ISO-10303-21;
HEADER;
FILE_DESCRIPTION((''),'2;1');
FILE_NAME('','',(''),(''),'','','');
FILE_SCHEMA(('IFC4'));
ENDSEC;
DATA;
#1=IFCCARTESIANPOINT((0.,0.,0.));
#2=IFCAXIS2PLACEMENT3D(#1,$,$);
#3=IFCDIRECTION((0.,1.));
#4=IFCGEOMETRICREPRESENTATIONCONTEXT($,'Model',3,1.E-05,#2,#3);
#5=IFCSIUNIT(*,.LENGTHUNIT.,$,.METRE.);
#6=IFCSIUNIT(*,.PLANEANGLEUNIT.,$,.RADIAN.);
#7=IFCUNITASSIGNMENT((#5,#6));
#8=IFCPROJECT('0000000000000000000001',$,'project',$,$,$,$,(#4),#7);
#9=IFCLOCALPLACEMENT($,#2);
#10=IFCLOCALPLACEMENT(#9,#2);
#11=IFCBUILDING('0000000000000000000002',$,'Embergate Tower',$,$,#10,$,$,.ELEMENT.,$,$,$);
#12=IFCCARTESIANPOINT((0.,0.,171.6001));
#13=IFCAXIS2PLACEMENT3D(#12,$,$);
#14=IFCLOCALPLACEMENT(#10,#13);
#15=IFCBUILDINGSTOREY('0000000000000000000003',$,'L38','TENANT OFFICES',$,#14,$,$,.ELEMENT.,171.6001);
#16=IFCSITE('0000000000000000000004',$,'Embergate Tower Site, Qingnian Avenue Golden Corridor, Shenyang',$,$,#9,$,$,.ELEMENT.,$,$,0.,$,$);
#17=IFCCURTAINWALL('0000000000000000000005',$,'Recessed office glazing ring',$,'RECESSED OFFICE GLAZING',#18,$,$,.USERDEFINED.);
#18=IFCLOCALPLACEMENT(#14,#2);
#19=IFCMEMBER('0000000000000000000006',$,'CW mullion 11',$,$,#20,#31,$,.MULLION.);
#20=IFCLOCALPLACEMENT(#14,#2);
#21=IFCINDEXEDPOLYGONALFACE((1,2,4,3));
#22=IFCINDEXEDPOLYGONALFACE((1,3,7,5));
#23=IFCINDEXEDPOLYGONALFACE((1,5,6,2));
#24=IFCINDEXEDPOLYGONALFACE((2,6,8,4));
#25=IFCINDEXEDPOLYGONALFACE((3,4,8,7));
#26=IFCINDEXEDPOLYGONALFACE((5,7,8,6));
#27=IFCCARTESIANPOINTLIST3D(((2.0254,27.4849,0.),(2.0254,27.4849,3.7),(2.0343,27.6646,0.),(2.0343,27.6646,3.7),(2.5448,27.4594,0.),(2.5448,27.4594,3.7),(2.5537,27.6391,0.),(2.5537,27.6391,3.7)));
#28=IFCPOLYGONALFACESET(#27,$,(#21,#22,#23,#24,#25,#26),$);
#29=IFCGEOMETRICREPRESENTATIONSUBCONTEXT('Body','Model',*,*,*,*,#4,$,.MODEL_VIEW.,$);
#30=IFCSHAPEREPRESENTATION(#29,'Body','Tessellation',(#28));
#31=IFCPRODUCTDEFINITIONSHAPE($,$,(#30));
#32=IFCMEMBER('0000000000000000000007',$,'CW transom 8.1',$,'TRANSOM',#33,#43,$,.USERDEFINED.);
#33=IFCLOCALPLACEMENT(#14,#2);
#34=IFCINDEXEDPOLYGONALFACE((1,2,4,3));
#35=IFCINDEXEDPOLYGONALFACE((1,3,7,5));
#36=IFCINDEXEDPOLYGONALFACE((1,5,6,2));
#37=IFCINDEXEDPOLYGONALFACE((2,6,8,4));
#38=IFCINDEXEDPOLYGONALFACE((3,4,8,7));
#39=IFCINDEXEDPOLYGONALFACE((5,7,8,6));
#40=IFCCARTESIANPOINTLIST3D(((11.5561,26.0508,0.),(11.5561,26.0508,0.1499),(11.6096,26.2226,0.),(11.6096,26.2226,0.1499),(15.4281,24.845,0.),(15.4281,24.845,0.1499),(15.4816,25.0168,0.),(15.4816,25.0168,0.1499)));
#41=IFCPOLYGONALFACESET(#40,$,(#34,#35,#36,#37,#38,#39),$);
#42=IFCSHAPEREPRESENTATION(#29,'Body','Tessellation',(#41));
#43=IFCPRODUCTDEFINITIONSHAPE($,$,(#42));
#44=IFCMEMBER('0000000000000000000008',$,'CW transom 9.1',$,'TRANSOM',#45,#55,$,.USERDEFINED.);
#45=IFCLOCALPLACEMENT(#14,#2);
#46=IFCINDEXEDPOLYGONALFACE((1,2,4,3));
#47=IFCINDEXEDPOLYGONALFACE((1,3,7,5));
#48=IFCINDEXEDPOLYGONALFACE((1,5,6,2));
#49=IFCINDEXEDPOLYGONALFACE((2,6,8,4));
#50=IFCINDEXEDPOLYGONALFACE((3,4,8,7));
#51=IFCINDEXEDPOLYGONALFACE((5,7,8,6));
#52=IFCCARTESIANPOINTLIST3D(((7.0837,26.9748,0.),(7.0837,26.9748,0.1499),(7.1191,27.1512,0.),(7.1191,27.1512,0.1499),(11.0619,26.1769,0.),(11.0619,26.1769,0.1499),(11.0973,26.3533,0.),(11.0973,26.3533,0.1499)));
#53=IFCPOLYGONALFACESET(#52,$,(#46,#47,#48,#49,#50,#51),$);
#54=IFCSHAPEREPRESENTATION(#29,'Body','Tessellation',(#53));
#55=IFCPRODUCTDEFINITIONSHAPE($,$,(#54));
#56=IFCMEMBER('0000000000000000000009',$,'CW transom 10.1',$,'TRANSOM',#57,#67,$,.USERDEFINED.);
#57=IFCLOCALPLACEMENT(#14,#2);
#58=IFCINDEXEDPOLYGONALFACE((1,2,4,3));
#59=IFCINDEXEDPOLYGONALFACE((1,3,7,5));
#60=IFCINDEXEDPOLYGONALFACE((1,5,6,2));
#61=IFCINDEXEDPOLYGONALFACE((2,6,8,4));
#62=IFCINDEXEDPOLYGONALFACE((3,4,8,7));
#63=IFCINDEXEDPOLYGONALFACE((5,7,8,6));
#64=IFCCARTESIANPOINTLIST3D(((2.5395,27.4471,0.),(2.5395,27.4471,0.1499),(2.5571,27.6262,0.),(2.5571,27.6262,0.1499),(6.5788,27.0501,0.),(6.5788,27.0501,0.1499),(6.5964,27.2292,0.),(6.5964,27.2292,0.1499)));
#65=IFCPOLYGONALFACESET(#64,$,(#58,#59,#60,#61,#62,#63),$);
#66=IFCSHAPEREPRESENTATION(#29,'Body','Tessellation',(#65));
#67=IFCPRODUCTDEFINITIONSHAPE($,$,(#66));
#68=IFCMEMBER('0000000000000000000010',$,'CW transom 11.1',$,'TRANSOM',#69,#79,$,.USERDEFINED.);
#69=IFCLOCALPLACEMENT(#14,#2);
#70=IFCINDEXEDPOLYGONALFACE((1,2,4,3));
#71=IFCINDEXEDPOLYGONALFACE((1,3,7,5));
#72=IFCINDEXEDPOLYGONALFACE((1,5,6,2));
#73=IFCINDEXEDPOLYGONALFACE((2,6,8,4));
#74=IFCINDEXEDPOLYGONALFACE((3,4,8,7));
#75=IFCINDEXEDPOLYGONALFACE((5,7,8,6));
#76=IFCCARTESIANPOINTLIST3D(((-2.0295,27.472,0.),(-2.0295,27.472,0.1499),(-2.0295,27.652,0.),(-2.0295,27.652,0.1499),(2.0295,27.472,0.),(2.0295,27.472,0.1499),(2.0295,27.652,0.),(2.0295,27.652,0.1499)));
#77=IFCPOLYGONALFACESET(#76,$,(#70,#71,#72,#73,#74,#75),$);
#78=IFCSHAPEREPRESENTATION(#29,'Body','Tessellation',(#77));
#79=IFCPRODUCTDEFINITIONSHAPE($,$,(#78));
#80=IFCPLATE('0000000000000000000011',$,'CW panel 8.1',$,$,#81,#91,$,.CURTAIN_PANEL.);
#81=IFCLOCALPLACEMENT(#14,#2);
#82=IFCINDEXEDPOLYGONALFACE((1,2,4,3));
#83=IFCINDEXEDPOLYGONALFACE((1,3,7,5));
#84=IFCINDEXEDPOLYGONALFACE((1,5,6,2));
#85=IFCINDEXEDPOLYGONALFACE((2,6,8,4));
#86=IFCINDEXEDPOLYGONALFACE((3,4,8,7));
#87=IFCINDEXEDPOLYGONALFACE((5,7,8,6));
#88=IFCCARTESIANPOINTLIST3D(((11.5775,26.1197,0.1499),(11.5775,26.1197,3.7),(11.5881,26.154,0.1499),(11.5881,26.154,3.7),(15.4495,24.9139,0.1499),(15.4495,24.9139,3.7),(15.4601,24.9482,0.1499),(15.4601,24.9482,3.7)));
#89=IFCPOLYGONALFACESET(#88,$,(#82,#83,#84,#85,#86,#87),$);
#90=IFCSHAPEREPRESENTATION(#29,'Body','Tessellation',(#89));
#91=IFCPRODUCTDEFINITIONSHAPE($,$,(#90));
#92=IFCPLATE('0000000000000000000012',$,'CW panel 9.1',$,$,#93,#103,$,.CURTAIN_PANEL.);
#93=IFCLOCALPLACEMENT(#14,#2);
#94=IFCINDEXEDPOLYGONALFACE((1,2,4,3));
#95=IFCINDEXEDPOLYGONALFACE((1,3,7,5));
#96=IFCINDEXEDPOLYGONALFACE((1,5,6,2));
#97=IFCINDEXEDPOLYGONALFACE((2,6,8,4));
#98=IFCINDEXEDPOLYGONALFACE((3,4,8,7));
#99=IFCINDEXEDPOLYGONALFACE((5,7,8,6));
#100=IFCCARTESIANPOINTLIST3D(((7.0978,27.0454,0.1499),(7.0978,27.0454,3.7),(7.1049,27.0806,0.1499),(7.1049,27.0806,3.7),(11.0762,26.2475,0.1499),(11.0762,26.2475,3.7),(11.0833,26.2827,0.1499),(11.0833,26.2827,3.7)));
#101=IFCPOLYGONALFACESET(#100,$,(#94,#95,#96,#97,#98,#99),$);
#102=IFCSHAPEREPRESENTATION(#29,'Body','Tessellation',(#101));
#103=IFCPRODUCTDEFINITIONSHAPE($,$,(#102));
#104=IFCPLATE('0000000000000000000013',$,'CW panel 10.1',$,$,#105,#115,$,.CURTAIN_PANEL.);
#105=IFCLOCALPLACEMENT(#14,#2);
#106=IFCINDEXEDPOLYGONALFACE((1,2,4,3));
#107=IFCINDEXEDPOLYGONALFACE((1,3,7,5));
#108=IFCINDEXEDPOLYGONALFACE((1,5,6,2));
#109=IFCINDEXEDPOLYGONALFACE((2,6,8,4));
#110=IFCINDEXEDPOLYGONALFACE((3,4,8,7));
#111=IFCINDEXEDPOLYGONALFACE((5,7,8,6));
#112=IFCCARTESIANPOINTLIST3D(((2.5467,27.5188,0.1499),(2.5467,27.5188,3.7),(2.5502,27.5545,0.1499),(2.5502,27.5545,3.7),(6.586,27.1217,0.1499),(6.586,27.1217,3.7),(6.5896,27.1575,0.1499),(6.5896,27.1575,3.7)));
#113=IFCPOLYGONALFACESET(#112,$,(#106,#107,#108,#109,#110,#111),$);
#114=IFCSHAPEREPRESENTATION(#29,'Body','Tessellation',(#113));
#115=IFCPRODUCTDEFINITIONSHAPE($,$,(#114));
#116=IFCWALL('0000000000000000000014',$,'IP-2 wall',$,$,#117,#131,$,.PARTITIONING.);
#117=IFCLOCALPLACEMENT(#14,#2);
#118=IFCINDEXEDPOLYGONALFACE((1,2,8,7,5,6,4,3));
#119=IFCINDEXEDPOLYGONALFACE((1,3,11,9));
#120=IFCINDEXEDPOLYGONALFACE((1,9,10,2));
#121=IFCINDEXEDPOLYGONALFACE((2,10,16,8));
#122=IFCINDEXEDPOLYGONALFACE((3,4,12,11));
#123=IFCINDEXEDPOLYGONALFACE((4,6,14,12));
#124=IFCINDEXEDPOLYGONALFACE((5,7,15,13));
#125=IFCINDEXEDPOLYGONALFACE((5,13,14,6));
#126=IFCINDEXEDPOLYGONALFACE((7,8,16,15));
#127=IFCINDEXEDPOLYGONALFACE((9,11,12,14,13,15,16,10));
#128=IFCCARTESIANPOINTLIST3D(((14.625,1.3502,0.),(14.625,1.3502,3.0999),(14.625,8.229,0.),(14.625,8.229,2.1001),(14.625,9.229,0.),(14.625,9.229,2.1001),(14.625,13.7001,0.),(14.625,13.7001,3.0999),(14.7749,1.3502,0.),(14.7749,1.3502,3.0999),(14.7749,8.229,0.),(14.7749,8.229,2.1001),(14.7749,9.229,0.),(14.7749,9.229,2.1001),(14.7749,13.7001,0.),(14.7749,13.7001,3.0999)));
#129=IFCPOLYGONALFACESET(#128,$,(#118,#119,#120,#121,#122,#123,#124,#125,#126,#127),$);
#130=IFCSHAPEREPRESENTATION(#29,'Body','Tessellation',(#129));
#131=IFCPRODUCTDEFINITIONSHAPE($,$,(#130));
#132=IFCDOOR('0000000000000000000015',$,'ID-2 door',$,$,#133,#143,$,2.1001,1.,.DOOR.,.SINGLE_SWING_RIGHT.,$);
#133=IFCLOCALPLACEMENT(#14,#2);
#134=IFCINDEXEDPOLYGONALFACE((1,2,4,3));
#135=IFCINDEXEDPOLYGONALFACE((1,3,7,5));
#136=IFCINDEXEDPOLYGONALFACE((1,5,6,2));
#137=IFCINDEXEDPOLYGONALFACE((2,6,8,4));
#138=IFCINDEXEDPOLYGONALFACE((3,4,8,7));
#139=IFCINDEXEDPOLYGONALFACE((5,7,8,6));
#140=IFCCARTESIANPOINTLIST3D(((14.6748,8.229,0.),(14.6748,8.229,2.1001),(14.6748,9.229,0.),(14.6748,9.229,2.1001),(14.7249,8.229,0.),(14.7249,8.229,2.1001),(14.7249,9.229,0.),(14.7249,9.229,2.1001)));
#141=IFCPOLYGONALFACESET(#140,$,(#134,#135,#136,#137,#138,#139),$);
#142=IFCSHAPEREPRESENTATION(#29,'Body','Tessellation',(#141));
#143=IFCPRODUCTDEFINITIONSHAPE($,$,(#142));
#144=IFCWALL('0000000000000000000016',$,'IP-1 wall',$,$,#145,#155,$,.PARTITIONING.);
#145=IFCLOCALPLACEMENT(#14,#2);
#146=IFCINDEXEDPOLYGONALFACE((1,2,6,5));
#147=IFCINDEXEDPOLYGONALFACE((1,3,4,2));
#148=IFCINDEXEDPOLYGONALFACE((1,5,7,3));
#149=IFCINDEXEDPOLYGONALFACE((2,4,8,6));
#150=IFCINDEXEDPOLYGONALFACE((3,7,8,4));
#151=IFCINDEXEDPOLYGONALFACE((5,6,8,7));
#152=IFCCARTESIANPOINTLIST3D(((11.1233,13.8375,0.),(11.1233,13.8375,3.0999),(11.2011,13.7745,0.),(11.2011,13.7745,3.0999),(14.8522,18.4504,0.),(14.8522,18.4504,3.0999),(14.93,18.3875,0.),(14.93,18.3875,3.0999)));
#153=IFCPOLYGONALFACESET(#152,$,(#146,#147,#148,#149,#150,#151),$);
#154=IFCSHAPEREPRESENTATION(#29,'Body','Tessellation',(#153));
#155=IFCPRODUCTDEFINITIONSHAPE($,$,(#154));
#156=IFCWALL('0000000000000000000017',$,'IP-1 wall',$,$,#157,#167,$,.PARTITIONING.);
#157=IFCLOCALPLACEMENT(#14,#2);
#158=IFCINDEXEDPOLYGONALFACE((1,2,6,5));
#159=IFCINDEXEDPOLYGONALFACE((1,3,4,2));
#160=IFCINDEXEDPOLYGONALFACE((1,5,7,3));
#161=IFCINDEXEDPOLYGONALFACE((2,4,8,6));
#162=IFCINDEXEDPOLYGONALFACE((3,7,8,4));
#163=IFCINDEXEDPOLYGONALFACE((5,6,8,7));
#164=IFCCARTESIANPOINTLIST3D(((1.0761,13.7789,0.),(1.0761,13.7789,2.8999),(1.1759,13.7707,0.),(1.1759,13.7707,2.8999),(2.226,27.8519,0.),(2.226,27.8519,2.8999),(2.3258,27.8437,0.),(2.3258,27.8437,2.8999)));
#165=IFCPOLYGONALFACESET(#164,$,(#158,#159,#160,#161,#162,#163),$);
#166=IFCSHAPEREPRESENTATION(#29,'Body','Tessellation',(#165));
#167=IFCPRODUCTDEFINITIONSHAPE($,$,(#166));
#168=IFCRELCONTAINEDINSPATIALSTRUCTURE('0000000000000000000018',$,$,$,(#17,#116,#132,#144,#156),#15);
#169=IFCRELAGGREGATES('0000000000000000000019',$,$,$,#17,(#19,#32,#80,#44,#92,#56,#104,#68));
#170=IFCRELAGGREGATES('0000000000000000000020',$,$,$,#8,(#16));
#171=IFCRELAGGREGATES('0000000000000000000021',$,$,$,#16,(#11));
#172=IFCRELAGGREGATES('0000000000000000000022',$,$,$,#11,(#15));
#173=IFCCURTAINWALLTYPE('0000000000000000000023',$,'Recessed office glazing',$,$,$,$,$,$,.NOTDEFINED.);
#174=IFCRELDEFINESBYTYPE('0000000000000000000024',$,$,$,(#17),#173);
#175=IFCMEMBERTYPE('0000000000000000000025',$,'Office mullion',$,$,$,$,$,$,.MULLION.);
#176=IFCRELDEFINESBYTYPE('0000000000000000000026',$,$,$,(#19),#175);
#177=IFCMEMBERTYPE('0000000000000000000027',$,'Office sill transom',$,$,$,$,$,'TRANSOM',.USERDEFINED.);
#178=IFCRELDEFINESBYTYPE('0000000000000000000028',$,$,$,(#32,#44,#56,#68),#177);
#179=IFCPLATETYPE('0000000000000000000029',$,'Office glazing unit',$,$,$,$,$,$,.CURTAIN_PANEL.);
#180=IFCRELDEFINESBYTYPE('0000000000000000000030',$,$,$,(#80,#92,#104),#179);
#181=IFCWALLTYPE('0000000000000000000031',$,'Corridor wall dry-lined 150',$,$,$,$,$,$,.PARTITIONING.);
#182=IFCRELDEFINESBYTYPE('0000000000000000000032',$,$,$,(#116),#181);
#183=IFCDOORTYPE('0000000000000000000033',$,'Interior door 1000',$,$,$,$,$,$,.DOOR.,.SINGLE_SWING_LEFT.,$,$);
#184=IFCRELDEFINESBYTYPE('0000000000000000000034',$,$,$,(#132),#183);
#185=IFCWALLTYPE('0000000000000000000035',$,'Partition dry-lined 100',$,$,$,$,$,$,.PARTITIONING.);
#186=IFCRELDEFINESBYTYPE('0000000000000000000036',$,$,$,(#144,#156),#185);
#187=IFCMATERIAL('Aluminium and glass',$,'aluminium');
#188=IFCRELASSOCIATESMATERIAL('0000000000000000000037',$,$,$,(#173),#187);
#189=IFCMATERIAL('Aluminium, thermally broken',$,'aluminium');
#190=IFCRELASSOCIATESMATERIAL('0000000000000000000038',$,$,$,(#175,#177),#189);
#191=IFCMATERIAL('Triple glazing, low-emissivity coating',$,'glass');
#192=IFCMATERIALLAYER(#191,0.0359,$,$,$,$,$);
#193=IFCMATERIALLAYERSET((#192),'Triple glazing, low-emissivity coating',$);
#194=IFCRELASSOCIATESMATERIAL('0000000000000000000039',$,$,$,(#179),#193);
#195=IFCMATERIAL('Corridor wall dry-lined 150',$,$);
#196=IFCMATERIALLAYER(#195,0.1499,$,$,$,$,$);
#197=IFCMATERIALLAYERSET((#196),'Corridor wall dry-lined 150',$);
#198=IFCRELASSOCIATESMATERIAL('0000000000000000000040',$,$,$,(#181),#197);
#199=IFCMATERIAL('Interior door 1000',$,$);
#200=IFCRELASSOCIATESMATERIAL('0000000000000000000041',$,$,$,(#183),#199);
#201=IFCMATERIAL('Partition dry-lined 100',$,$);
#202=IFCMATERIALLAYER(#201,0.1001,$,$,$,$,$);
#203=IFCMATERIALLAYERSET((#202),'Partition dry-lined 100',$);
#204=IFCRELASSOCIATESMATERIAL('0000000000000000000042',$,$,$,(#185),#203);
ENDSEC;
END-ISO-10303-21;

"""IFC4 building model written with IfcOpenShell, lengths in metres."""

from ifc_helpers import new_model, si_unit, direction, frame, frame_2d, origin, origin_2d, place, context, subcontext, project, spatial, rectangle, extrude, source, transform, mapped, material, layer, layer_set, material_profile, profile_set, type_object, element, fill, aggregate, save


model = new_model("IFC4")

# Units and contexts
model_context = context("Model", 3, precision=1e-05, world=origin(), true_north=direction((0.0, 1.0)))
body_context = subcontext(model_context, "Body", "Model", "MODEL_VIEW")
ifc_project = project(units=[si_unit("LENGTHUNIT", "METRE"), si_unit("PLANEANGLEUNIT", "RADIAN")], contexts=[model_context])

# Site, building, storey
site_placement = place(None, origin())
site = spatial("IfcSite", under=ifc_project, at=site_placement, Name="Embergate Tower Site, Qingnian Avenue Golden Corridor, Shenyang", CompositionType="ELEMENT", RefElevation=0.0)
building_placement = place(site_placement, origin())
building = spatial("IfcBuilding", under=site, at=building_placement, Name="Embergate Tower", CompositionType="ELEMENT")
storey_placement = place(building_placement, frame((0.0, 0.0, 171.6001)))
storey = spatial("IfcBuildingStorey", under=building, at=storey_placement, Name="L38", Description="TENANT OFFICES", CompositionType="ELEMENT", Elevation=171.6001)

# Curtain wall, members, plates
ifc_material_1 = material(Name="Aluminium and glass", Category="aluminium")
curtain_wall_type = type_object("IfcCurtainWallType", Name="Recessed office glazing", PredefinedType="NOTDEFINED", material=ifc_material_1)
curtain_wall_placement = place(storey_placement, origin())
curtain_wall = element("IfcCurtainWall", 1, at=curtain_wall_placement, inside=storey, type_object=curtain_wall_type, Name="Recessed office glazing ring", ObjectType="RECESSED OFFICE GLAZING", PredefinedType="USERDEFINED")
ifc_material_2 = material(Name="Aluminium, thermally broken", Category="aluminium")
ifc_material_profile_1 = material_profile(ifc_material_2, rectangle(XDim=0.1799, YDim=0.52, at=origin_2d()), Name="AL 520x180")
ifc_profile_set_1 = profile_set([ifc_material_profile_1], Name="Aluminium, thermally broken")
member_type_1 = type_object("IfcMemberType", Name="Office mullion", PredefinedType="MULLION", material=ifc_profile_set_1)
shared_shape_1 = source(origin(), body_context, "Body", "SweptSolid", [
    extrude(rectangle(XDim=0.1799, YDim=0.52, at=origin_2d()), origin(), (0.0, 0.0, 1.0), 3.7),
])
member_1_placement = place(storey_placement, frame((2.2896, 27.562, 0.0), z_axis=(0.0, 0.0, 1.0), x_axis=(-0.04897, -0.9988, 0.0)))
member_1 = element("IfcMember", 2, at=member_1_placement, type_object=member_type_1, Name="CW mullion 11", PredefinedType="MULLION", context=body_context, shape_type="MappedRepresentation", body=[
    mapped(shared_shape_1, transform((0.0, 0.0, 0.0))),
])
ifc_material_profile_2 = material_profile(ifc_material_2, rectangle(XDim=0.1799, YDim=0.1499, at=origin_2d()), Name="AL 150x180")
ifc_profile_set_2 = profile_set([ifc_material_profile_2], Name="Aluminium, thermally broken")
member_type_2 = type_object("IfcMemberType", Name="Office sill transom", ElementType="TRANSOM", PredefinedType="USERDEFINED", material=ifc_profile_set_2)
shared_shape_2 = source(origin(), body_context, "Body", "SweptSolid", [
    extrude(rectangle(XDim=0.1799, YDim=0.1499, at=origin_2d()), origin(), (0.0, 0.0, 1.0), 4.0554),
])
member_2_placement = place(storey_placement, frame((15.4548, 24.9309, 0.075), z_axis=(-0.954775, 0.297329, 0.0), x_axis=(-0.297329, -0.954775, 0.0)))
member_2 = element("IfcMember", 3, at=member_2_placement, type_object=member_type_2, Name="CW transom 8.1", ObjectType="TRANSOM", PredefinedType="USERDEFINED", context=body_context, shape_type="MappedRepresentation", body=[
    mapped(shared_shape_2, transform((0.0, 0.0, 0.0))),
])
shared_shape_3 = source(origin(), body_context, "Body", "SweptSolid", [
    extrude(rectangle(XDim=0.1799, YDim=0.1499, at=origin_2d()), origin(), (0.0, 0.0, 1.0), 4.0574),
])
member_3_placement = place(storey_placement, frame((11.0796, 26.2651, 0.075), z_axis=(-0.980476, 0.196637, 0.0), x_axis=(-0.196637, -0.980476, 0.0)))
member_3 = element("IfcMember", 4, at=member_3_placement, type_object=member_type_2, Name="CW transom 9.1", ObjectType="TRANSOM", PredefinedType="USERDEFINED", context=body_context, shape_type="MappedRepresentation", body=[
    mapped(shared_shape_3, transform((0.0, 0.0, 0.0))),
])
shared_shape_4 = source(origin(), body_context, "Body", "SweptSolid", [
    extrude(rectangle(XDim=0.1799, YDim=0.1499, at=origin_2d()), origin(), (0.0, 0.0, 1.0), 4.0588),
])
member_4_placement = place(storey_placement, frame((6.5876, 27.1396, 0.075), z_axis=(-0.995205, 0.097806, 0.0), x_axis=(-0.097806, -0.995205, 0.0)))
member_4 = element("IfcMember", 5, at=member_4_placement, type_object=member_type_2, Name="CW transom 10.1", ObjectType="TRANSOM", PredefinedType="USERDEFINED", context=body_context, shape_type="MappedRepresentation", body=[
    mapped(shared_shape_4, transform((0.0, 0.0, 0.0))),
])
shared_shape_5 = source(origin(), body_context, "Body", "SweptSolid", [
    extrude(rectangle(XDim=0.1799, YDim=0.1499, at=origin_2d()), origin(), (0.0, 0.0, 1.0), 4.0591),
])
member_5_placement = place(storey_placement, frame((2.0295, 27.562, 0.075), z_axis=(-1.0, 0.0, 0.0), x_axis=(0.0, -1.0, 0.0)))
member_5 = element("IfcMember", 6, at=member_5_placement, type_object=member_type_2, Name="CW transom 11.1", ObjectType="TRANSOM", PredefinedType="USERDEFINED", context=body_context, shape_type="MappedRepresentation", body=[
    mapped(shared_shape_5, transform((0.0, 0.0, 0.0))),
])
ifc_material_3 = material(Name="Triple glazing, low-emissivity coating", Category="glass")
ifc_layer_1 = layer(ifc_material_3, 0.0359)
ifc_layer_set_1 = layer_set([ifc_layer_1], Name="Triple glazing, low-emissivity coating")
plate_type = type_object("IfcPlateType", Name="Office glazing unit", PredefinedType="CURTAIN_PANEL", material=ifc_layer_set_1)
shared_shape_6 = source(origin(), body_context, "Body", "SweptSolid", [
    extrude(rectangle(XDim=4.0554, YDim=0.0359, at=origin_2d()), origin(), (0.0, 0.0, 1.0), 3.55),
])
plate_1_placement = place(storey_placement, frame((13.5188, 25.5339, 0.1499), z_axis=(0.0, 0.0, 1.0), x_axis=(-0.954773, 0.297335, 0.0)))
plate_1 = element("IfcPlate", 7, at=plate_1_placement, type_object=plate_type, Name="CW panel 8.1", PredefinedType="CURTAIN_PANEL", context=body_context, shape_type="MappedRepresentation", body=[
    mapped(shared_shape_6, transform((0.0, 0.0, 0.0))),
])
shared_shape_7 = source(origin(), body_context, "Body", "SweptSolid", [
    extrude(rectangle(XDim=4.0576, YDim=0.0359, at=origin_2d()), origin(), (0.0, 0.0, 1.0), 3.55),
])
plate_2_placement = place(storey_placement, frame((9.0906, 26.6641, 0.1499), z_axis=(0.0, 0.0, 1.0), x_axis=(-0.980476, 0.196638, 0.0)))
plate_2 = element("IfcPlate", 8, at=plate_2_placement, type_object=plate_type, Name="CW panel 9.1", PredefinedType="CURTAIN_PANEL", context=body_context, shape_type="MappedRepresentation", body=[
    mapped(shared_shape_7, transform((0.0, 0.0, 0.0))),
])
shared_shape_8 = source(origin(), body_context, "Body", "SweptSolid", [
    extrude(rectangle(XDim=4.0588, YDim=0.0359, at=origin_2d()), origin(), (0.0, 0.0, 1.0), 3.55),
])
plate_3_placement = place(storey_placement, frame((4.5681, 27.3381, 0.1499), z_axis=(0.0, 0.0, 1.0), x_axis=(-0.995203, 0.097828, 0.0)))
plate_3 = element("IfcPlate", 9, at=plate_3_placement, type_object=plate_type, Name="CW panel 10.1", PredefinedType="CURTAIN_PANEL", context=body_context, shape_type="MappedRepresentation", body=[
    mapped(shared_shape_8, transform((0.0, 0.0, 0.0))),
])
aggregate(curtain_wall, [member_1, member_2, plate_1, member_3, plate_2, member_4, plate_3, member_5])

# Wall, opening, door
ifc_material_4 = material(Name="Corridor wall dry-lined 150")
ifc_layer_2 = layer(ifc_material_4, 0.1499)
ifc_layer_set_2 = layer_set([ifc_layer_2], Name="Corridor wall dry-lined 150")
wall_type_1 = type_object("IfcWallType", Name="Corridor wall dry-lined 150", PredefinedType="PARTITIONING", material=ifc_layer_set_2)
shared_shape_9 = source(origin(), body_context, "Body", "SweptSolid", [
    extrude(rectangle(XDim=12.3499, YDim=0.1499, at=frame_2d((6.1748, 0.0))), origin(), (0.0, 0.0, 1.0), 3.0999),
])
wall_1_placement = place(storey_placement, frame((14.7, 13.7, 0.0), z_axis=(0.0, 0.0, 1.0), x_axis=(0.0, -1.0, 0.0)))
wall_1 = element("IfcWall", 10, at=wall_1_placement, inside=storey, type_object=wall_type_1, Name="IP-2 wall", PredefinedType="PARTITIONING", context=body_context, shape_type="MappedRepresentation", body=[
    mapped(shared_shape_9, transform((0.0, 0.0, 0.0))),
])
shared_shape_10 = source(origin(), body_context, "Body", "SweptSolid", [
    extrude(rectangle(XDim=1.0, YDim=2.1001, at=frame_2d((0.5, 1.05))), frame((0.0, 0.085, 0.0), z_axis=(0.0, -1.0, 0.0), x_axis=(1.0, 0.0, 0.0)), (0.0, 0.0, 1.0), 0.1699),
])
opening_placement = place(wall_1_placement, frame((4.4709, 0.0, 0.0)))
opening = element("IfcOpeningElement", 11, at=opening_placement, cuts=wall_1, PredefinedType="OPENING", context=body_context, shape_type="MappedRepresentation", body=[
    mapped(shared_shape_10, transform((0.0, 0.0, 0.0))),
])
ifc_material_5 = material(Name="Interior door 1000")
door_type = type_object("IfcDoorType", Name="Interior door 1000", OperationType="SINGLE_SWING_LEFT", PredefinedType="DOOR", material=ifc_material_5)
shared_shape_11 = source(origin(), body_context, "Body", "SweptSolid", [
    extrude(rectangle(XDim=1.0, YDim=2.1001, at=frame_2d((0.5, 1.05))), frame((0.0, 0.0249, 0.0), z_axis=(0.0, -1.0, 0.0), x_axis=(1.0, 0.0, 0.0)), (0.0, 0.0, 1.0), 0.05),
])
door_placement = place(opening_placement, origin())
door = element("IfcDoor", 12, at=door_placement, inside=storey, type_object=door_type, Name="ID-2 door", OperationType="SINGLE_SWING_RIGHT", OverallHeight=2.1001, OverallWidth=1.0, PredefinedType="DOOR", context=body_context, shape_type="MappedRepresentation", body=[
    mapped(shared_shape_11, transform((0.0, 0.0, 0.0))),
])
fill(opening, door)

# Walls
ifc_material_6 = material(Name="Partition dry-lined 100")
ifc_layer_3 = layer(ifc_material_6, 0.1001)
ifc_layer_set_3 = layer_set([ifc_layer_3], Name="Partition dry-lined 100")
wall_type_2 = type_object("IfcWallType", Name="Partition dry-lined 100", PredefinedType="PARTITIONING", material=ifc_layer_set_3)
shared_shape_12 = source(origin(), body_context, "Body", "SweptSolid", [
    extrude(rectangle(XDim=5.9316, YDim=0.1001, at=frame_2d((2.9658, 0.0))), origin(), (0.0, 0.0, 1.0), 3.0999),
])
wall_2_placement = place(storey_placement, frame((14.8911, 18.4189, 0.0), z_axis=(0.0, 0.0, 1.0), x_axis=(-0.628652, -0.777687, 0.0)))
element("IfcWall", 13, at=wall_2_placement, inside=storey, type_object=wall_type_2, Name="IP-1 wall", PredefinedType="PARTITIONING", context=body_context, shape_type="MappedRepresentation", body=[
    mapped(shared_shape_12, transform((0.0, 0.0, 0.0))),
])
shared_shape_13 = source(origin(), body_context, "Body", "SweptSolid", [
    extrude(rectangle(XDim=14.1199, YDim=0.1001, at=frame_2d((7.0601, 0.0))), origin(), (0.0, 0.0, 1.0), 2.8999),
])
wall_3_placement = place(storey_placement, frame((2.2759, 27.8479, 0.0), z_axis=(0.0, 0.0, 1.0), x_axis=(-0.081438, -0.996678, 0.0)))
element("IfcWall", 14, at=wall_3_placement, inside=storey, type_object=wall_type_2, Name="IP-1 wall", PredefinedType="PARTITIONING", context=body_context, shape_type="MappedRepresentation", body=[
    mapped(shared_shape_13, transform((0.0, 0.0, 0.0))),
])

save(model, "model.ifc")
